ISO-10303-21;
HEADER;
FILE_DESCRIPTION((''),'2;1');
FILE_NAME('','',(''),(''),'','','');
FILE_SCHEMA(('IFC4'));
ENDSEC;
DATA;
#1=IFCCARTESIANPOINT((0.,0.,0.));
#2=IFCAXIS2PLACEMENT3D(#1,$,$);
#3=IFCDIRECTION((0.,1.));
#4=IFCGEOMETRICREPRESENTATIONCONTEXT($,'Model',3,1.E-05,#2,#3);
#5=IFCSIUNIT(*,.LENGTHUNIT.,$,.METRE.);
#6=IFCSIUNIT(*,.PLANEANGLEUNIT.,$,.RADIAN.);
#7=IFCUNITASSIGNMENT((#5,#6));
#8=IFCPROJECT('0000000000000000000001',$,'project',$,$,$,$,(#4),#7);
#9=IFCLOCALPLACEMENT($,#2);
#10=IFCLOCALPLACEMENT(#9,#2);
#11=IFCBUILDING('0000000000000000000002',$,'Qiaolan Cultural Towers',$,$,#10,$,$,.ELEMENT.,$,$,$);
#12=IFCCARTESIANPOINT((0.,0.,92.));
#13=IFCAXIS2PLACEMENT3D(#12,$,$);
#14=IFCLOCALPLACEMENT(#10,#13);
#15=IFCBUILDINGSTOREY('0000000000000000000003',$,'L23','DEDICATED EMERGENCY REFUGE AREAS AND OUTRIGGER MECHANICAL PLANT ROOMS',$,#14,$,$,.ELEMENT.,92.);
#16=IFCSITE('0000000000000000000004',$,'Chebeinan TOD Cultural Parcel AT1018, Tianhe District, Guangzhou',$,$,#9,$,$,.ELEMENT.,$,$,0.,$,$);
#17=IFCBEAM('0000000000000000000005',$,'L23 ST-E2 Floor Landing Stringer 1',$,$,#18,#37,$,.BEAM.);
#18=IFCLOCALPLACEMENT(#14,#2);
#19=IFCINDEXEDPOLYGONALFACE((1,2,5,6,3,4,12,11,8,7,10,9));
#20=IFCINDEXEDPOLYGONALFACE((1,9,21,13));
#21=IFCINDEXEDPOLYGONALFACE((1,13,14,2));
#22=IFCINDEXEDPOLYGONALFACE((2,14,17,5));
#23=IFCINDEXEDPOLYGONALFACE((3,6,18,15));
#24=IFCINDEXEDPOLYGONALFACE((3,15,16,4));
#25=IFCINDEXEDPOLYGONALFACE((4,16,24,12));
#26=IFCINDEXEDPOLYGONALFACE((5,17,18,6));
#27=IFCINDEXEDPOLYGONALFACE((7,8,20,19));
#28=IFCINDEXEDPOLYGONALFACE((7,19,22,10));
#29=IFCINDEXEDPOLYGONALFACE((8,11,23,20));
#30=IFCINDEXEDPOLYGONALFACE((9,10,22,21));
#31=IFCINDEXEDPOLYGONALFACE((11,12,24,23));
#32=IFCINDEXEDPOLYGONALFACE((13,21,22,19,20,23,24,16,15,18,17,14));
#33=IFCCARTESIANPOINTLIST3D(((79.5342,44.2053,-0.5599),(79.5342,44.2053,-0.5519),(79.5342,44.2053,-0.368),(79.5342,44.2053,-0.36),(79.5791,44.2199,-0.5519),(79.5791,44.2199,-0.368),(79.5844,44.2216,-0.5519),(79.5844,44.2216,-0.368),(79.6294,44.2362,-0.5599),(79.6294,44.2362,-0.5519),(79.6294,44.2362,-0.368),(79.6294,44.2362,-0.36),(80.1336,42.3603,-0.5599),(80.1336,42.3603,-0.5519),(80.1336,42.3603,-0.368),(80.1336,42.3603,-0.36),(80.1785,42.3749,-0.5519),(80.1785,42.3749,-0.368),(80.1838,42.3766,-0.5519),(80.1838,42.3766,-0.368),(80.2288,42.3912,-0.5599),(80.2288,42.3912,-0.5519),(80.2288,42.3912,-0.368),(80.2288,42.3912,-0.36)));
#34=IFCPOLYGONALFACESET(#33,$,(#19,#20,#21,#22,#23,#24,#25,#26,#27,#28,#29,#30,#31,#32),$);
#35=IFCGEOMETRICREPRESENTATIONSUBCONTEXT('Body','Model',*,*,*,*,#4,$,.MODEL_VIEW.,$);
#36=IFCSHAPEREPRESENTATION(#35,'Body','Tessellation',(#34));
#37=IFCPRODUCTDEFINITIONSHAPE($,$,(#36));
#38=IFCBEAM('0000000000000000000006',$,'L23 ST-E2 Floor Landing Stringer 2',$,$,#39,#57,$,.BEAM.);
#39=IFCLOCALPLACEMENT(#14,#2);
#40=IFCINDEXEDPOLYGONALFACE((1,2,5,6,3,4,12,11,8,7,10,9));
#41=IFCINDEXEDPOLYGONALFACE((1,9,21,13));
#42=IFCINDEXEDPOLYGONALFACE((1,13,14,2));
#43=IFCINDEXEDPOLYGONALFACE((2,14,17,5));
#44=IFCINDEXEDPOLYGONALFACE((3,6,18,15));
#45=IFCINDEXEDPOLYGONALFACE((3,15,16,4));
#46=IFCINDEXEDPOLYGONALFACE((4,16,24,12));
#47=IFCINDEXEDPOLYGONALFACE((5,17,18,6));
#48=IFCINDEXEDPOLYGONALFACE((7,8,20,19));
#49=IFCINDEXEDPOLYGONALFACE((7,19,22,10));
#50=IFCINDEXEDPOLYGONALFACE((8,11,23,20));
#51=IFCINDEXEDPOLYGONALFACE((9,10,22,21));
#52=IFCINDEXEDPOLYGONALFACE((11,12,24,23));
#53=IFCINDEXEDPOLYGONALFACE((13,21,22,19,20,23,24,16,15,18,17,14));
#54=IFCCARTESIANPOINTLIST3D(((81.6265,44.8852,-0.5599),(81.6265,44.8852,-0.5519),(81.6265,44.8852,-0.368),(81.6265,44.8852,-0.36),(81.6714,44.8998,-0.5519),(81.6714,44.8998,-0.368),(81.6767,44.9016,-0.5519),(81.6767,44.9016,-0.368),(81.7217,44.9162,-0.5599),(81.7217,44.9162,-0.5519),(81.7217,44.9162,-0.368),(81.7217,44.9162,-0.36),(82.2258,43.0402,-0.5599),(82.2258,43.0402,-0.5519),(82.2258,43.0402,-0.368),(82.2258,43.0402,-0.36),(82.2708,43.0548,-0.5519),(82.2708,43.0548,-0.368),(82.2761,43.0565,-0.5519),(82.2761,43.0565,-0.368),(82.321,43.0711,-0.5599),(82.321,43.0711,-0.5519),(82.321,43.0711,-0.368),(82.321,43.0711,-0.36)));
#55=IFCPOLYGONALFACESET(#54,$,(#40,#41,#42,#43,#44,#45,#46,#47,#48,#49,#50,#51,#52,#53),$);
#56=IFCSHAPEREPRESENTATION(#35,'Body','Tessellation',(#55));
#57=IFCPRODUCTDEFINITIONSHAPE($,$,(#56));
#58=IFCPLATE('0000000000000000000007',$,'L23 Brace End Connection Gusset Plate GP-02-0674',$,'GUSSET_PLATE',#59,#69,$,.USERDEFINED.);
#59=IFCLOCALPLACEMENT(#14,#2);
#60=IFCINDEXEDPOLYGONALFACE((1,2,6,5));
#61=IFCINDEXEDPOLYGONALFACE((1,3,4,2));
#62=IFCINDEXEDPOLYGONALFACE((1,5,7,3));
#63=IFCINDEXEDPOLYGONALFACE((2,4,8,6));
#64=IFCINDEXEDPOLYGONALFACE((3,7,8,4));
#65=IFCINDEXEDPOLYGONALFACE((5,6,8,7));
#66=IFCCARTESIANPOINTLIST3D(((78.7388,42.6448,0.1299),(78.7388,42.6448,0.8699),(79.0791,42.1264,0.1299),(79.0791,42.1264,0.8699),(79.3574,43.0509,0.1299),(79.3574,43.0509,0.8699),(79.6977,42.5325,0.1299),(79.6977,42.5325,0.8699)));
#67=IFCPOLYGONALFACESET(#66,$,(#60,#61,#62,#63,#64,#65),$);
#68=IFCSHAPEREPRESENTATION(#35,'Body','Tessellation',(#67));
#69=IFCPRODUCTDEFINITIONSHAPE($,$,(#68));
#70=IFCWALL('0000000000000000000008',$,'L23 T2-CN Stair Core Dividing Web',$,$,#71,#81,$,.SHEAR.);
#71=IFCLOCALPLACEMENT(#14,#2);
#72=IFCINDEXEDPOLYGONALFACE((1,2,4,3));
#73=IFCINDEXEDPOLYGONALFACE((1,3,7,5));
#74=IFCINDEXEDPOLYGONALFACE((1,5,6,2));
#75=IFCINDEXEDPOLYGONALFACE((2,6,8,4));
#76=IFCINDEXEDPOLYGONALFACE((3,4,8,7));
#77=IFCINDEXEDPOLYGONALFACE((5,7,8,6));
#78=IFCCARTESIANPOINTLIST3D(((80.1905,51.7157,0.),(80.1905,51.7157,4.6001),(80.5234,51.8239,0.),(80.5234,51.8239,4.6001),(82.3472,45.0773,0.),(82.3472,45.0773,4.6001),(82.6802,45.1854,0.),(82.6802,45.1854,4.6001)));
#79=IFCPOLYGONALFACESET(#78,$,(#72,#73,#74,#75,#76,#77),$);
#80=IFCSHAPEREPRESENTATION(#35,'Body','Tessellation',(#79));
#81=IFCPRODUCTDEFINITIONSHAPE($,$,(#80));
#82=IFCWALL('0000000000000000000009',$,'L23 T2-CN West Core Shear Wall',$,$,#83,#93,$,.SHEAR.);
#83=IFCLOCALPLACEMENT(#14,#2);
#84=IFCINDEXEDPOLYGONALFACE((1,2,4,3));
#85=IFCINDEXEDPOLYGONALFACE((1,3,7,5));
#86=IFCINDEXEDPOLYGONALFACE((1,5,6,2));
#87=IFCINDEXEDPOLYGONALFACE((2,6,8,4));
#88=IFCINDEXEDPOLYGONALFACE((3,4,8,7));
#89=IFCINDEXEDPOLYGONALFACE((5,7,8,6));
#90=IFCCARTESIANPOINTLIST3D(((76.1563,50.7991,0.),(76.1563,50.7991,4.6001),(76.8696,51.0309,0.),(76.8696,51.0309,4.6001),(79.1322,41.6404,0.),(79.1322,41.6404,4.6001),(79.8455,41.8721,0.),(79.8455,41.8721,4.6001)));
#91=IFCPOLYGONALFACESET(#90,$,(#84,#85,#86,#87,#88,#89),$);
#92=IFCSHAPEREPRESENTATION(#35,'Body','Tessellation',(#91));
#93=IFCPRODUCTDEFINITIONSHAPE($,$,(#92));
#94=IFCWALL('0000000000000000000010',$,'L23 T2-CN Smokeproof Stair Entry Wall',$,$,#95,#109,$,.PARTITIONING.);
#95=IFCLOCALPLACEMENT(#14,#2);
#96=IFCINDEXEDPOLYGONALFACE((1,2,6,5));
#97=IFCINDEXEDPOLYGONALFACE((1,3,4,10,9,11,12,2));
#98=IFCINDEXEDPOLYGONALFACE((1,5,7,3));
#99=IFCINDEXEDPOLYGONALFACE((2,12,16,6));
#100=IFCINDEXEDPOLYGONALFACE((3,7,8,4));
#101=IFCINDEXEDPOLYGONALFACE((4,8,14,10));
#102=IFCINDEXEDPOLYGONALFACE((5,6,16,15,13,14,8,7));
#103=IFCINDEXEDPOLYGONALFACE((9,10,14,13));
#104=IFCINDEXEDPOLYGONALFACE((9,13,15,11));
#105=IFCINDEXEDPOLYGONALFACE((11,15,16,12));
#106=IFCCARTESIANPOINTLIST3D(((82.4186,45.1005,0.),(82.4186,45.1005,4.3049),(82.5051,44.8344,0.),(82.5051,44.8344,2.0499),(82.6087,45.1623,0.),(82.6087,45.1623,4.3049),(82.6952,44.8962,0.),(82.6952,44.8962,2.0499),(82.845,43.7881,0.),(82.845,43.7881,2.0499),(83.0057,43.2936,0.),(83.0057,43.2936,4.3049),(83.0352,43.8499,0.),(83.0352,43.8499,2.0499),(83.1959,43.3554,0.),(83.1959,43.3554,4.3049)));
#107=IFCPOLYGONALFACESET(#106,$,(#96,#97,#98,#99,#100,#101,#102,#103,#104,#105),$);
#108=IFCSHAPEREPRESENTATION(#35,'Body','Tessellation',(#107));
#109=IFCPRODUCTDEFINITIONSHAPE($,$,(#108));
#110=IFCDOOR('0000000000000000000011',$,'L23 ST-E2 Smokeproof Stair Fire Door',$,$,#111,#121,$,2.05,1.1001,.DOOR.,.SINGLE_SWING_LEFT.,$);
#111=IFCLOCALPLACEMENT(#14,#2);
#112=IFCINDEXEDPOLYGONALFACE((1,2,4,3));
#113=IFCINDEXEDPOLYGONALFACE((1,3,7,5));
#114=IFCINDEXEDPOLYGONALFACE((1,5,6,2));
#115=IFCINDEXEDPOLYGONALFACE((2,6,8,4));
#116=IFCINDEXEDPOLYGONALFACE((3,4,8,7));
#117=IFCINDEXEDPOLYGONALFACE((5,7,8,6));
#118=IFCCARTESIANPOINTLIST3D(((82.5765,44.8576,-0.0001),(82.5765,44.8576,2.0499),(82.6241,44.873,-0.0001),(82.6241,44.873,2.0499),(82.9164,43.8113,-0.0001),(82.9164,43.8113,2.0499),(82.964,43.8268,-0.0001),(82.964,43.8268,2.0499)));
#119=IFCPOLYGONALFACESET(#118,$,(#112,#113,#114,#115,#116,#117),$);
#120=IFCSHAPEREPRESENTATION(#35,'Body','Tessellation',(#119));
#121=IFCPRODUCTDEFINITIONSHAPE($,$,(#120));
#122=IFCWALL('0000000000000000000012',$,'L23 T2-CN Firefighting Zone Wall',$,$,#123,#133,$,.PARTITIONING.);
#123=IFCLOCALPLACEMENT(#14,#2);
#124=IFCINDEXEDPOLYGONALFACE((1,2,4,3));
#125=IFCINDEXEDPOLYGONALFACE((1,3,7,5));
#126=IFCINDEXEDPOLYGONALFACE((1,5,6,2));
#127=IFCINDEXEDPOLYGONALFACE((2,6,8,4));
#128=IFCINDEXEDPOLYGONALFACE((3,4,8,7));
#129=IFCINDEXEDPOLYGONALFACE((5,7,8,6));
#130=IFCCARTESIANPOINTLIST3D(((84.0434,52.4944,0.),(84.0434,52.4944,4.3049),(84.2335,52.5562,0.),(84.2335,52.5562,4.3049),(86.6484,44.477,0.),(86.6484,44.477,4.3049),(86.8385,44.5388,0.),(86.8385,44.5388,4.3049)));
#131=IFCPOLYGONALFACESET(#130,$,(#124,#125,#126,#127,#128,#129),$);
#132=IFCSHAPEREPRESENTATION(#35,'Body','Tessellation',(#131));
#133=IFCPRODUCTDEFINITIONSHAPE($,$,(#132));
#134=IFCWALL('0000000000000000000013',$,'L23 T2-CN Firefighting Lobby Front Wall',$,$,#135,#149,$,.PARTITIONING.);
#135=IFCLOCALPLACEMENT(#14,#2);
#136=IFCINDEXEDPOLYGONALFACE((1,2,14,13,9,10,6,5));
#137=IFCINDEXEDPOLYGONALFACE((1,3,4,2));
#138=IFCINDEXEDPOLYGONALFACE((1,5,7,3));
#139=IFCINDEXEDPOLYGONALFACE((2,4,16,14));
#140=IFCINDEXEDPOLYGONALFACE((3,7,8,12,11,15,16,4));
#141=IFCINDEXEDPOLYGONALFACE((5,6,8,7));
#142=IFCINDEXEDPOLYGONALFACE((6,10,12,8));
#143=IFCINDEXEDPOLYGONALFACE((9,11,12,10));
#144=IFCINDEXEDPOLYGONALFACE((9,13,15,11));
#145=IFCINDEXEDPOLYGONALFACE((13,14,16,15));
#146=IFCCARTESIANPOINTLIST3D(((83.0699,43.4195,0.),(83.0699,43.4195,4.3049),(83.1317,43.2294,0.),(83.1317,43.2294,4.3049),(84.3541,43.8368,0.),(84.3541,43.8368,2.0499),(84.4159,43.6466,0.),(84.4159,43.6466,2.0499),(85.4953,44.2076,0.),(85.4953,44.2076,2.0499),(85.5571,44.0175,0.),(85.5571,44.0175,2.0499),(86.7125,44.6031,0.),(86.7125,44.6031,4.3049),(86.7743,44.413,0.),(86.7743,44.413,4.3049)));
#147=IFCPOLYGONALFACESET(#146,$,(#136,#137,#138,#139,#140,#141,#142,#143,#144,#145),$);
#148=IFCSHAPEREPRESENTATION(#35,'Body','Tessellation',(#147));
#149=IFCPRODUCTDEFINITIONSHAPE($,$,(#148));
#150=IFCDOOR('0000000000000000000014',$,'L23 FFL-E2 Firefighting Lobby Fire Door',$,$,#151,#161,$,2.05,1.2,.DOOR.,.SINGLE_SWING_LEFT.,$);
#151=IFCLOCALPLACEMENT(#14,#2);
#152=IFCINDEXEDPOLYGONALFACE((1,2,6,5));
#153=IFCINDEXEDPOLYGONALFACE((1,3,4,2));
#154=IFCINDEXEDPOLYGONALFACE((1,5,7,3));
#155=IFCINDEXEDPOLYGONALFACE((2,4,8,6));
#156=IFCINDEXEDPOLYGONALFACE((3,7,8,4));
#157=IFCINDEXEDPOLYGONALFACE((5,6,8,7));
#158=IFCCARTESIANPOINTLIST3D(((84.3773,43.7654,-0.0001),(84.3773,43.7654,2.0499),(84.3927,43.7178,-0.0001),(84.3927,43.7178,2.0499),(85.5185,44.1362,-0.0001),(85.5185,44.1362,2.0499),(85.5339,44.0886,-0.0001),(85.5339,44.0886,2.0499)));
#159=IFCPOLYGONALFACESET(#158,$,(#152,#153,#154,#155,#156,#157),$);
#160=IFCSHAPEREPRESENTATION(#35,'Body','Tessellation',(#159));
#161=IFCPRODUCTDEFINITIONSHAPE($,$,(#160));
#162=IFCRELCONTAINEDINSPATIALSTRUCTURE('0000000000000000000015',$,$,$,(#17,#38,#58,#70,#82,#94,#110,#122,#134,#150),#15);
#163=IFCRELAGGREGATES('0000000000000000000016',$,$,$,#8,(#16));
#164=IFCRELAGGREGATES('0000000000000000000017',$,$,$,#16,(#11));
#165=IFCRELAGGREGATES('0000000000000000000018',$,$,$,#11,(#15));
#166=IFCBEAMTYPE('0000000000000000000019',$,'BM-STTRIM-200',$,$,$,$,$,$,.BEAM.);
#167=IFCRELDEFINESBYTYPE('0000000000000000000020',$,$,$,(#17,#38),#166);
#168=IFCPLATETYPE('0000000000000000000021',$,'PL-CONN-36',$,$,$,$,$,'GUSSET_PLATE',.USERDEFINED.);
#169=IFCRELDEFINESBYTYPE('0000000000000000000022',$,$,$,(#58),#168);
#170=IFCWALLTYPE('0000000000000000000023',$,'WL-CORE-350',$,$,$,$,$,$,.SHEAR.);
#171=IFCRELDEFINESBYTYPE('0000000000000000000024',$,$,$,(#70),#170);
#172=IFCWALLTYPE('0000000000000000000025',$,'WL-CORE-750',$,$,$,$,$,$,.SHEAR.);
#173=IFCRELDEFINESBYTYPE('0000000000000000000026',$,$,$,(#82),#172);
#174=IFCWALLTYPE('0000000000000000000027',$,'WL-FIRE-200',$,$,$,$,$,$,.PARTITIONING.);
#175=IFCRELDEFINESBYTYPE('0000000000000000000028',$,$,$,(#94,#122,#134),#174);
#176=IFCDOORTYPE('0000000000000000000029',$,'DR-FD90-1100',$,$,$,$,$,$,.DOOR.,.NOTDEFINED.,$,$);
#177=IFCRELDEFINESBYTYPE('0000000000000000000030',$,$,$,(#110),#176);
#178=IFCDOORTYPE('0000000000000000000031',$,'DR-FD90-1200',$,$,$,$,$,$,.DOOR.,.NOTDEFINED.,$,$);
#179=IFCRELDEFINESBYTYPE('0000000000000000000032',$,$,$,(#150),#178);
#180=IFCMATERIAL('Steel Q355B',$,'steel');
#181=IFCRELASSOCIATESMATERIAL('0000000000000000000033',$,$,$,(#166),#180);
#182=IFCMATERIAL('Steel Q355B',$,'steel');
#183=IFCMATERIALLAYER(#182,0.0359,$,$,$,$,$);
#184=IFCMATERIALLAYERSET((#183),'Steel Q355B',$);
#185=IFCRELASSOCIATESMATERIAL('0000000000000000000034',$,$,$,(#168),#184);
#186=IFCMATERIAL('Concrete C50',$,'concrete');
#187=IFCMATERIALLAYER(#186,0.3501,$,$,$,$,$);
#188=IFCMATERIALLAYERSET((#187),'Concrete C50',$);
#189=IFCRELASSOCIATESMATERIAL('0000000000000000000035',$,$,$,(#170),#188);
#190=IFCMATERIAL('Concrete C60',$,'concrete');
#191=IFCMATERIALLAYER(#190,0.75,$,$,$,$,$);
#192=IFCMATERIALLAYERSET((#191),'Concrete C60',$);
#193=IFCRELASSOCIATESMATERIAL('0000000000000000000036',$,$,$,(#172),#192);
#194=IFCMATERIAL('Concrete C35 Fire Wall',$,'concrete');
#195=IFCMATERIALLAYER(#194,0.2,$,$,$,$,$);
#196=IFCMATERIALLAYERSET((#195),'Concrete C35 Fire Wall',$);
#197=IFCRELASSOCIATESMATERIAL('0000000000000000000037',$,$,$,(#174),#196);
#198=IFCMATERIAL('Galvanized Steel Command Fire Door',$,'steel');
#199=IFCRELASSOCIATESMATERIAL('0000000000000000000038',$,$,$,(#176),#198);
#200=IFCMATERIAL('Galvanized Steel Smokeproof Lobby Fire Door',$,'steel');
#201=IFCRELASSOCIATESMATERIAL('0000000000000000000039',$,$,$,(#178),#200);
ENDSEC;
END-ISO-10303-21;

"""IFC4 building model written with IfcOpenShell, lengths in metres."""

from ifc_helpers import new_model, si_unit, direction, frame, frame_2d, origin, origin_2d, place, context, subcontext, project, spatial, rectangle, i_section, extrude, material, layer, layer_set, material_profile, profile_set, type_object, element, fill, save


model = new_model("IFC4")

# Units and contexts
model_context = context("Model", 3, precision=1e-05, world=origin(), true_north=direction((0.0, 1.0)))
body_context = subcontext(model_context, "Body", "Model", "MODEL_VIEW")
ifc_project = project(units=[si_unit("LENGTHUNIT", "METRE"), si_unit("PLANEANGLEUNIT", "RADIAN")], contexts=[model_context])

# Site, building, storey
site_placement = place(None, origin())
site = spatial("IfcSite", under=ifc_project, at=site_placement, Name="Chebeinan TOD Cultural Parcel AT1018, Tianhe District, Guangzhou", CompositionType="ELEMENT", RefElevation=0.0)
building_placement = place(site_placement, origin())
building = spatial("IfcBuilding", under=site, at=building_placement, Name="Qiaolan Cultural Towers", CompositionType="ELEMENT")
storey_placement = place(building_placement, frame((0.0, 0.0, 92.0)))
storey = spatial("IfcBuildingStorey", under=building, at=storey_placement, Name="L23", Description="DEDICATED EMERGENCY REFUGE AREAS AND OUTRIGGER MECHANICAL PLANT ROOMS", CompositionType="ELEMENT", Elevation=92.0)

# Beams
ifc_material_1 = material(Name="Steel Q355B", Category="steel")
ifc_material_profile = material_profile(ifc_material_1, i_section(OverallWidth=0.1001, OverallDepth=0.2, WebThickness=0.0056, FlangeThickness=0.0081, at=origin_2d()), Name="HN200x100x5.5x8")
ifc_profile_set = profile_set([ifc_material_profile], Name="Steel Q355B")
beam_type = type_object("IfcBeamType", Name="BM-STTRIM-200", PredefinedType="BEAM", material=ifc_profile_set)
for number, where, z_axis, x_axis, name in (
    (1, (80.1812, 42.3757, -0.46), (-0.308969, 0.951072, 0.0), (-0.951072, -0.308969, 0.0), "L23 ST-E2 Floor Landing Stringer 1"),
    (2, (82.2734, 43.0557, -0.46), (-0.308969, 0.951072, 0.0), (-0.951072, -0.308969, 0.0), "L23 ST-E2 Floor Landing Stringer 2"),
):
    element("IfcBeam", number, at=place(storey_placement, frame(where, z_axis=z_axis, x_axis=x_axis)), inside=storey, type_object=beam_type, Name=name, PredefinedType="BEAM", context=body_context, shape_type="SweptSolid", body=[
        extrude(i_section(OverallWidth=0.1001, OverallDepth=0.2, WebThickness=0.0056, FlangeThickness=0.0081, at=origin_2d()), origin(), (0.0, 0.0, 1.0), 1.9399),
    ])

# Plate
ifc_material_2 = material(Name="Steel Q355B", Category="steel")
ifc_layer_1 = layer(ifc_material_2, 0.0359)
ifc_layer_set_1 = layer_set([ifc_layer_1], Name="Steel Q355B")
plate_type = type_object("IfcPlateType", Name="PL-CONN-36", ElementType="GUSSET_PLATE", PredefinedType="USERDEFINED", material=ifc_layer_set_1)
plate_placement = place(storey_placement, frame((79.2183, 42.5886, 0.1299), z_axis=(0.0, 0.0, 1.0), x_axis=(0.835984, 0.548754, 0.0)))
element("IfcPlate", 3, at=plate_placement, inside=storey, type_object=plate_type, Name="L23 Brace End Connection Gusset Plate GP-02-0674", ObjectType="GUSSET_PLATE", PredefinedType="USERDEFINED", context=body_context, shape_type="SweptSolid", body=[
    extrude(rectangle(XDim=0.74, YDim=0.6201, at=origin_2d()), origin(), (0.0, 0.0, 1.0), 0.74),
])

# Walls
ifc_material_3 = material(Name="Concrete C50", Category="concrete")
ifc_layer_2 = layer(ifc_material_3, 0.3501)
ifc_layer_set_2 = layer_set([ifc_layer_2], Name="Concrete C50")
wall_type_1 = type_object("IfcWallType", Name="WL-CORE-350", PredefinedType="SHEAR", material=ifc_layer_set_2)
wall_1_placement = place(storey_placement, frame((82.5137, 45.1313, 0.0), z_axis=(0.0, 0.0, 1.0), x_axis=(-0.308989, 0.951066, 0.0)))
element("IfcWall", 4, at=wall_1_placement, inside=storey, type_object=wall_type_1, Name="L23 T2-CN Stair Core Dividing Web", PredefinedType="SHEAR", context=body_context, shape_type="SweptSolid", body=[
    extrude(rectangle(XDim=6.98, YDim=0.3501, at=frame_2d((3.49, 0.0))), origin(), (0.0, 0.0, 1.0), 4.6001),
])
ifc_material_4 = material(Name="Concrete C60", Category="concrete")
ifc_layer_3 = layer(ifc_material_4, 0.75)
ifc_layer_set_3 = layer_set([ifc_layer_3], Name="Concrete C60")
wall_type_2 = type_object("IfcWallType", Name="WL-CORE-750", PredefinedType="SHEAR", material=ifc_layer_set_3)
wall_2_placement = place(storey_placement, frame((79.4888, 41.7563, 0.0), z_axis=(0.0, 0.0, 1.0), x_axis=(-0.309016, 0.951057, 0.0)))
element("IfcWall", 5, at=wall_2_placement, inside=storey, type_object=wall_type_2, Name="L23 T2-CN West Core Shear Wall", PredefinedType="SHEAR", context=body_context, shape_type="SweptSolid", body=[
    extrude(rectangle(XDim=9.6301, YDim=0.75, at=frame_2d((4.8149, 0.0))), origin(), (0.0, 0.0, 1.0), 4.6001),
])

# Wall, opening, door
ifc_material_5 = material(Name="Concrete C35 Fire Wall", Category="concrete")
ifc_layer_4 = layer(ifc_material_5, 0.2)
ifc_layer_set_4 = layer_set([ifc_layer_4], Name="Concrete C35 Fire Wall")
wall_type_3 = type_object("IfcWallType", Name="WL-FIRE-200", PredefinedType="PARTITIONING", material=ifc_layer_set_4)
wall_3_placement = place(storey_placement, frame((83.1008, 43.3245, 0.0), z_axis=(0.0, 0.0, 1.0), x_axis=(-0.309048, 0.951046, 0.0)))
wall_3 = element("IfcWall", 6, at=wall_3_placement, inside=storey, type_object=wall_type_3, Name="L23 T2-CN Smokeproof Stair Entry Wall", PredefinedType="PARTITIONING", context=body_context, shape_type="SweptSolid", body=[
    extrude(rectangle(XDim=1.8999, YDim=0.2, at=frame_2d((0.95, 0.0))), origin(), (0.0, 0.0, 1.0), 4.3049),
])
opening_1_placement = place(wall_3_placement, frame((0.52, 0.0, 0.0)))
opening_1 = element("IfcOpeningElement", 7, at=opening_1_placement, cuts=wall_3, PredefinedType="OPENING", context=body_context, shape_type="SweptSolid", body=[
    extrude(rectangle(XDim=1.1001, YDim=2.05, at=frame_2d((0.55, 1.0249))), frame((0.0, 0.1099, 0.0), z_axis=(0.0, -1.0, 0.0), x_axis=(1.0, 0.0, 0.0)), (0.0, 0.0, 1.0), 0.22),
])
ifc_material_6 = material(Name="Galvanized Steel Command Fire Door", Category="steel")
door_type_1 = type_object("IfcDoorType", Name="DR-FD90-1100", OperationType="NOTDEFINED", PredefinedType="DOOR", material=ifc_material_6)
door_1_placement = place(opening_1_placement, origin())
door_1 = element("IfcDoor", 8, at=door_1_placement, inside=storey, type_object=door_type_1, Name="L23 ST-E2 Smokeproof Stair Fire Door", OperationType="SINGLE_SWING_LEFT", OverallHeight=2.05, OverallWidth=1.1001, PredefinedType="DOOR", context=body_context, shape_type="SweptSolid", body=[
    extrude(rectangle(XDim=1.1001, YDim=2.05, at=frame_2d((0.55, 1.0249))), frame((0.0, 0.0249, 0.0), z_axis=(0.0, -1.0, 0.0), x_axis=(1.0, 0.0, 0.0)), (0.0, 0.0, 1.0), 0.05),
])
fill(opening_1, door_1)

# Wall
wall_4_placement = place(storey_placement, frame((86.7434, 44.5081, 0.0), z_axis=(0.0, 0.0, 1.0), x_axis=(-0.309016, 0.951057, 0.0)))
element("IfcWall", 9, at=wall_4_placement, inside=storey, type_object=wall_type_3, Name="L23 T2-CN Firefighting Zone Wall", PredefinedType="PARTITIONING", context=body_context, shape_type="SweptSolid", body=[
    extrude(rectangle(XDim=8.4299, YDim=0.2, at=frame_2d((4.2148, 0.0))), origin(), (0.0, 0.0, 1.0), 4.3049),
])

# Wall, opening, door
wall_5_placement = place(storey_placement, frame((83.1008, 43.3245, 0.0), z_axis=(0.0, 0.0, 1.0), x_axis=(0.951053, 0.309028, 0.0)))
wall_5 = element("IfcWall", 10, at=wall_5_placement, inside=storey, type_object=wall_type_3, Name="L23 T2-CN Firefighting Lobby Front Wall", PredefinedType="PARTITIONING", context=body_context, shape_type="SweptSolid", body=[
    extrude(rectangle(XDim=3.8301, YDim=0.2, at=frame_2d((1.915, 0.0))), origin(), (0.0, 0.0, 1.0), 4.3049),
])
opening_2_placement = place(wall_5_placement, frame((1.3501, 0.0, 0.0)))
opening_2 = element("IfcOpeningElement", 11, at=opening_2_placement, cuts=wall_5, PredefinedType="OPENING", context=body_context, shape_type="SweptSolid", body=[
    extrude(rectangle(XDim=1.2, YDim=2.05, at=frame_2d((0.6001, 1.0249))), frame((0.0, 0.1099, 0.0), z_axis=(0.0, -1.0, 0.0), x_axis=(1.0, 0.0, 0.0)), (0.0, 0.0, 1.0), 0.22),
])
ifc_material_7 = material(Name="Galvanized Steel Smokeproof Lobby Fire Door", Category="steel")
door_type_2 = type_object("IfcDoorType", Name="DR-FD90-1200", OperationType="NOTDEFINED", PredefinedType="DOOR", material=ifc_material_7)
door_2_placement = place(opening_2_placement, origin())
door_2 = element("IfcDoor", 12, at=door_2_placement, inside=storey, type_object=door_type_2, Name="L23 FFL-E2 Firefighting Lobby Fire Door", OperationType="SINGLE_SWING_LEFT", OverallHeight=2.05, OverallWidth=1.2, PredefinedType="DOOR", context=body_context, shape_type="SweptSolid", body=[
    extrude(rectangle(XDim=1.2, YDim=2.05, at=frame_2d((0.6001, 1.0249))), frame((0.0, 0.0249, 0.0), z_axis=(0.0, -1.0, 0.0), x_axis=(1.0, 0.0, 0.0)), (0.0, 0.0, 1.0), 0.05),
])
fill(opening_2, door_2)

save(model, "model.ifc")
